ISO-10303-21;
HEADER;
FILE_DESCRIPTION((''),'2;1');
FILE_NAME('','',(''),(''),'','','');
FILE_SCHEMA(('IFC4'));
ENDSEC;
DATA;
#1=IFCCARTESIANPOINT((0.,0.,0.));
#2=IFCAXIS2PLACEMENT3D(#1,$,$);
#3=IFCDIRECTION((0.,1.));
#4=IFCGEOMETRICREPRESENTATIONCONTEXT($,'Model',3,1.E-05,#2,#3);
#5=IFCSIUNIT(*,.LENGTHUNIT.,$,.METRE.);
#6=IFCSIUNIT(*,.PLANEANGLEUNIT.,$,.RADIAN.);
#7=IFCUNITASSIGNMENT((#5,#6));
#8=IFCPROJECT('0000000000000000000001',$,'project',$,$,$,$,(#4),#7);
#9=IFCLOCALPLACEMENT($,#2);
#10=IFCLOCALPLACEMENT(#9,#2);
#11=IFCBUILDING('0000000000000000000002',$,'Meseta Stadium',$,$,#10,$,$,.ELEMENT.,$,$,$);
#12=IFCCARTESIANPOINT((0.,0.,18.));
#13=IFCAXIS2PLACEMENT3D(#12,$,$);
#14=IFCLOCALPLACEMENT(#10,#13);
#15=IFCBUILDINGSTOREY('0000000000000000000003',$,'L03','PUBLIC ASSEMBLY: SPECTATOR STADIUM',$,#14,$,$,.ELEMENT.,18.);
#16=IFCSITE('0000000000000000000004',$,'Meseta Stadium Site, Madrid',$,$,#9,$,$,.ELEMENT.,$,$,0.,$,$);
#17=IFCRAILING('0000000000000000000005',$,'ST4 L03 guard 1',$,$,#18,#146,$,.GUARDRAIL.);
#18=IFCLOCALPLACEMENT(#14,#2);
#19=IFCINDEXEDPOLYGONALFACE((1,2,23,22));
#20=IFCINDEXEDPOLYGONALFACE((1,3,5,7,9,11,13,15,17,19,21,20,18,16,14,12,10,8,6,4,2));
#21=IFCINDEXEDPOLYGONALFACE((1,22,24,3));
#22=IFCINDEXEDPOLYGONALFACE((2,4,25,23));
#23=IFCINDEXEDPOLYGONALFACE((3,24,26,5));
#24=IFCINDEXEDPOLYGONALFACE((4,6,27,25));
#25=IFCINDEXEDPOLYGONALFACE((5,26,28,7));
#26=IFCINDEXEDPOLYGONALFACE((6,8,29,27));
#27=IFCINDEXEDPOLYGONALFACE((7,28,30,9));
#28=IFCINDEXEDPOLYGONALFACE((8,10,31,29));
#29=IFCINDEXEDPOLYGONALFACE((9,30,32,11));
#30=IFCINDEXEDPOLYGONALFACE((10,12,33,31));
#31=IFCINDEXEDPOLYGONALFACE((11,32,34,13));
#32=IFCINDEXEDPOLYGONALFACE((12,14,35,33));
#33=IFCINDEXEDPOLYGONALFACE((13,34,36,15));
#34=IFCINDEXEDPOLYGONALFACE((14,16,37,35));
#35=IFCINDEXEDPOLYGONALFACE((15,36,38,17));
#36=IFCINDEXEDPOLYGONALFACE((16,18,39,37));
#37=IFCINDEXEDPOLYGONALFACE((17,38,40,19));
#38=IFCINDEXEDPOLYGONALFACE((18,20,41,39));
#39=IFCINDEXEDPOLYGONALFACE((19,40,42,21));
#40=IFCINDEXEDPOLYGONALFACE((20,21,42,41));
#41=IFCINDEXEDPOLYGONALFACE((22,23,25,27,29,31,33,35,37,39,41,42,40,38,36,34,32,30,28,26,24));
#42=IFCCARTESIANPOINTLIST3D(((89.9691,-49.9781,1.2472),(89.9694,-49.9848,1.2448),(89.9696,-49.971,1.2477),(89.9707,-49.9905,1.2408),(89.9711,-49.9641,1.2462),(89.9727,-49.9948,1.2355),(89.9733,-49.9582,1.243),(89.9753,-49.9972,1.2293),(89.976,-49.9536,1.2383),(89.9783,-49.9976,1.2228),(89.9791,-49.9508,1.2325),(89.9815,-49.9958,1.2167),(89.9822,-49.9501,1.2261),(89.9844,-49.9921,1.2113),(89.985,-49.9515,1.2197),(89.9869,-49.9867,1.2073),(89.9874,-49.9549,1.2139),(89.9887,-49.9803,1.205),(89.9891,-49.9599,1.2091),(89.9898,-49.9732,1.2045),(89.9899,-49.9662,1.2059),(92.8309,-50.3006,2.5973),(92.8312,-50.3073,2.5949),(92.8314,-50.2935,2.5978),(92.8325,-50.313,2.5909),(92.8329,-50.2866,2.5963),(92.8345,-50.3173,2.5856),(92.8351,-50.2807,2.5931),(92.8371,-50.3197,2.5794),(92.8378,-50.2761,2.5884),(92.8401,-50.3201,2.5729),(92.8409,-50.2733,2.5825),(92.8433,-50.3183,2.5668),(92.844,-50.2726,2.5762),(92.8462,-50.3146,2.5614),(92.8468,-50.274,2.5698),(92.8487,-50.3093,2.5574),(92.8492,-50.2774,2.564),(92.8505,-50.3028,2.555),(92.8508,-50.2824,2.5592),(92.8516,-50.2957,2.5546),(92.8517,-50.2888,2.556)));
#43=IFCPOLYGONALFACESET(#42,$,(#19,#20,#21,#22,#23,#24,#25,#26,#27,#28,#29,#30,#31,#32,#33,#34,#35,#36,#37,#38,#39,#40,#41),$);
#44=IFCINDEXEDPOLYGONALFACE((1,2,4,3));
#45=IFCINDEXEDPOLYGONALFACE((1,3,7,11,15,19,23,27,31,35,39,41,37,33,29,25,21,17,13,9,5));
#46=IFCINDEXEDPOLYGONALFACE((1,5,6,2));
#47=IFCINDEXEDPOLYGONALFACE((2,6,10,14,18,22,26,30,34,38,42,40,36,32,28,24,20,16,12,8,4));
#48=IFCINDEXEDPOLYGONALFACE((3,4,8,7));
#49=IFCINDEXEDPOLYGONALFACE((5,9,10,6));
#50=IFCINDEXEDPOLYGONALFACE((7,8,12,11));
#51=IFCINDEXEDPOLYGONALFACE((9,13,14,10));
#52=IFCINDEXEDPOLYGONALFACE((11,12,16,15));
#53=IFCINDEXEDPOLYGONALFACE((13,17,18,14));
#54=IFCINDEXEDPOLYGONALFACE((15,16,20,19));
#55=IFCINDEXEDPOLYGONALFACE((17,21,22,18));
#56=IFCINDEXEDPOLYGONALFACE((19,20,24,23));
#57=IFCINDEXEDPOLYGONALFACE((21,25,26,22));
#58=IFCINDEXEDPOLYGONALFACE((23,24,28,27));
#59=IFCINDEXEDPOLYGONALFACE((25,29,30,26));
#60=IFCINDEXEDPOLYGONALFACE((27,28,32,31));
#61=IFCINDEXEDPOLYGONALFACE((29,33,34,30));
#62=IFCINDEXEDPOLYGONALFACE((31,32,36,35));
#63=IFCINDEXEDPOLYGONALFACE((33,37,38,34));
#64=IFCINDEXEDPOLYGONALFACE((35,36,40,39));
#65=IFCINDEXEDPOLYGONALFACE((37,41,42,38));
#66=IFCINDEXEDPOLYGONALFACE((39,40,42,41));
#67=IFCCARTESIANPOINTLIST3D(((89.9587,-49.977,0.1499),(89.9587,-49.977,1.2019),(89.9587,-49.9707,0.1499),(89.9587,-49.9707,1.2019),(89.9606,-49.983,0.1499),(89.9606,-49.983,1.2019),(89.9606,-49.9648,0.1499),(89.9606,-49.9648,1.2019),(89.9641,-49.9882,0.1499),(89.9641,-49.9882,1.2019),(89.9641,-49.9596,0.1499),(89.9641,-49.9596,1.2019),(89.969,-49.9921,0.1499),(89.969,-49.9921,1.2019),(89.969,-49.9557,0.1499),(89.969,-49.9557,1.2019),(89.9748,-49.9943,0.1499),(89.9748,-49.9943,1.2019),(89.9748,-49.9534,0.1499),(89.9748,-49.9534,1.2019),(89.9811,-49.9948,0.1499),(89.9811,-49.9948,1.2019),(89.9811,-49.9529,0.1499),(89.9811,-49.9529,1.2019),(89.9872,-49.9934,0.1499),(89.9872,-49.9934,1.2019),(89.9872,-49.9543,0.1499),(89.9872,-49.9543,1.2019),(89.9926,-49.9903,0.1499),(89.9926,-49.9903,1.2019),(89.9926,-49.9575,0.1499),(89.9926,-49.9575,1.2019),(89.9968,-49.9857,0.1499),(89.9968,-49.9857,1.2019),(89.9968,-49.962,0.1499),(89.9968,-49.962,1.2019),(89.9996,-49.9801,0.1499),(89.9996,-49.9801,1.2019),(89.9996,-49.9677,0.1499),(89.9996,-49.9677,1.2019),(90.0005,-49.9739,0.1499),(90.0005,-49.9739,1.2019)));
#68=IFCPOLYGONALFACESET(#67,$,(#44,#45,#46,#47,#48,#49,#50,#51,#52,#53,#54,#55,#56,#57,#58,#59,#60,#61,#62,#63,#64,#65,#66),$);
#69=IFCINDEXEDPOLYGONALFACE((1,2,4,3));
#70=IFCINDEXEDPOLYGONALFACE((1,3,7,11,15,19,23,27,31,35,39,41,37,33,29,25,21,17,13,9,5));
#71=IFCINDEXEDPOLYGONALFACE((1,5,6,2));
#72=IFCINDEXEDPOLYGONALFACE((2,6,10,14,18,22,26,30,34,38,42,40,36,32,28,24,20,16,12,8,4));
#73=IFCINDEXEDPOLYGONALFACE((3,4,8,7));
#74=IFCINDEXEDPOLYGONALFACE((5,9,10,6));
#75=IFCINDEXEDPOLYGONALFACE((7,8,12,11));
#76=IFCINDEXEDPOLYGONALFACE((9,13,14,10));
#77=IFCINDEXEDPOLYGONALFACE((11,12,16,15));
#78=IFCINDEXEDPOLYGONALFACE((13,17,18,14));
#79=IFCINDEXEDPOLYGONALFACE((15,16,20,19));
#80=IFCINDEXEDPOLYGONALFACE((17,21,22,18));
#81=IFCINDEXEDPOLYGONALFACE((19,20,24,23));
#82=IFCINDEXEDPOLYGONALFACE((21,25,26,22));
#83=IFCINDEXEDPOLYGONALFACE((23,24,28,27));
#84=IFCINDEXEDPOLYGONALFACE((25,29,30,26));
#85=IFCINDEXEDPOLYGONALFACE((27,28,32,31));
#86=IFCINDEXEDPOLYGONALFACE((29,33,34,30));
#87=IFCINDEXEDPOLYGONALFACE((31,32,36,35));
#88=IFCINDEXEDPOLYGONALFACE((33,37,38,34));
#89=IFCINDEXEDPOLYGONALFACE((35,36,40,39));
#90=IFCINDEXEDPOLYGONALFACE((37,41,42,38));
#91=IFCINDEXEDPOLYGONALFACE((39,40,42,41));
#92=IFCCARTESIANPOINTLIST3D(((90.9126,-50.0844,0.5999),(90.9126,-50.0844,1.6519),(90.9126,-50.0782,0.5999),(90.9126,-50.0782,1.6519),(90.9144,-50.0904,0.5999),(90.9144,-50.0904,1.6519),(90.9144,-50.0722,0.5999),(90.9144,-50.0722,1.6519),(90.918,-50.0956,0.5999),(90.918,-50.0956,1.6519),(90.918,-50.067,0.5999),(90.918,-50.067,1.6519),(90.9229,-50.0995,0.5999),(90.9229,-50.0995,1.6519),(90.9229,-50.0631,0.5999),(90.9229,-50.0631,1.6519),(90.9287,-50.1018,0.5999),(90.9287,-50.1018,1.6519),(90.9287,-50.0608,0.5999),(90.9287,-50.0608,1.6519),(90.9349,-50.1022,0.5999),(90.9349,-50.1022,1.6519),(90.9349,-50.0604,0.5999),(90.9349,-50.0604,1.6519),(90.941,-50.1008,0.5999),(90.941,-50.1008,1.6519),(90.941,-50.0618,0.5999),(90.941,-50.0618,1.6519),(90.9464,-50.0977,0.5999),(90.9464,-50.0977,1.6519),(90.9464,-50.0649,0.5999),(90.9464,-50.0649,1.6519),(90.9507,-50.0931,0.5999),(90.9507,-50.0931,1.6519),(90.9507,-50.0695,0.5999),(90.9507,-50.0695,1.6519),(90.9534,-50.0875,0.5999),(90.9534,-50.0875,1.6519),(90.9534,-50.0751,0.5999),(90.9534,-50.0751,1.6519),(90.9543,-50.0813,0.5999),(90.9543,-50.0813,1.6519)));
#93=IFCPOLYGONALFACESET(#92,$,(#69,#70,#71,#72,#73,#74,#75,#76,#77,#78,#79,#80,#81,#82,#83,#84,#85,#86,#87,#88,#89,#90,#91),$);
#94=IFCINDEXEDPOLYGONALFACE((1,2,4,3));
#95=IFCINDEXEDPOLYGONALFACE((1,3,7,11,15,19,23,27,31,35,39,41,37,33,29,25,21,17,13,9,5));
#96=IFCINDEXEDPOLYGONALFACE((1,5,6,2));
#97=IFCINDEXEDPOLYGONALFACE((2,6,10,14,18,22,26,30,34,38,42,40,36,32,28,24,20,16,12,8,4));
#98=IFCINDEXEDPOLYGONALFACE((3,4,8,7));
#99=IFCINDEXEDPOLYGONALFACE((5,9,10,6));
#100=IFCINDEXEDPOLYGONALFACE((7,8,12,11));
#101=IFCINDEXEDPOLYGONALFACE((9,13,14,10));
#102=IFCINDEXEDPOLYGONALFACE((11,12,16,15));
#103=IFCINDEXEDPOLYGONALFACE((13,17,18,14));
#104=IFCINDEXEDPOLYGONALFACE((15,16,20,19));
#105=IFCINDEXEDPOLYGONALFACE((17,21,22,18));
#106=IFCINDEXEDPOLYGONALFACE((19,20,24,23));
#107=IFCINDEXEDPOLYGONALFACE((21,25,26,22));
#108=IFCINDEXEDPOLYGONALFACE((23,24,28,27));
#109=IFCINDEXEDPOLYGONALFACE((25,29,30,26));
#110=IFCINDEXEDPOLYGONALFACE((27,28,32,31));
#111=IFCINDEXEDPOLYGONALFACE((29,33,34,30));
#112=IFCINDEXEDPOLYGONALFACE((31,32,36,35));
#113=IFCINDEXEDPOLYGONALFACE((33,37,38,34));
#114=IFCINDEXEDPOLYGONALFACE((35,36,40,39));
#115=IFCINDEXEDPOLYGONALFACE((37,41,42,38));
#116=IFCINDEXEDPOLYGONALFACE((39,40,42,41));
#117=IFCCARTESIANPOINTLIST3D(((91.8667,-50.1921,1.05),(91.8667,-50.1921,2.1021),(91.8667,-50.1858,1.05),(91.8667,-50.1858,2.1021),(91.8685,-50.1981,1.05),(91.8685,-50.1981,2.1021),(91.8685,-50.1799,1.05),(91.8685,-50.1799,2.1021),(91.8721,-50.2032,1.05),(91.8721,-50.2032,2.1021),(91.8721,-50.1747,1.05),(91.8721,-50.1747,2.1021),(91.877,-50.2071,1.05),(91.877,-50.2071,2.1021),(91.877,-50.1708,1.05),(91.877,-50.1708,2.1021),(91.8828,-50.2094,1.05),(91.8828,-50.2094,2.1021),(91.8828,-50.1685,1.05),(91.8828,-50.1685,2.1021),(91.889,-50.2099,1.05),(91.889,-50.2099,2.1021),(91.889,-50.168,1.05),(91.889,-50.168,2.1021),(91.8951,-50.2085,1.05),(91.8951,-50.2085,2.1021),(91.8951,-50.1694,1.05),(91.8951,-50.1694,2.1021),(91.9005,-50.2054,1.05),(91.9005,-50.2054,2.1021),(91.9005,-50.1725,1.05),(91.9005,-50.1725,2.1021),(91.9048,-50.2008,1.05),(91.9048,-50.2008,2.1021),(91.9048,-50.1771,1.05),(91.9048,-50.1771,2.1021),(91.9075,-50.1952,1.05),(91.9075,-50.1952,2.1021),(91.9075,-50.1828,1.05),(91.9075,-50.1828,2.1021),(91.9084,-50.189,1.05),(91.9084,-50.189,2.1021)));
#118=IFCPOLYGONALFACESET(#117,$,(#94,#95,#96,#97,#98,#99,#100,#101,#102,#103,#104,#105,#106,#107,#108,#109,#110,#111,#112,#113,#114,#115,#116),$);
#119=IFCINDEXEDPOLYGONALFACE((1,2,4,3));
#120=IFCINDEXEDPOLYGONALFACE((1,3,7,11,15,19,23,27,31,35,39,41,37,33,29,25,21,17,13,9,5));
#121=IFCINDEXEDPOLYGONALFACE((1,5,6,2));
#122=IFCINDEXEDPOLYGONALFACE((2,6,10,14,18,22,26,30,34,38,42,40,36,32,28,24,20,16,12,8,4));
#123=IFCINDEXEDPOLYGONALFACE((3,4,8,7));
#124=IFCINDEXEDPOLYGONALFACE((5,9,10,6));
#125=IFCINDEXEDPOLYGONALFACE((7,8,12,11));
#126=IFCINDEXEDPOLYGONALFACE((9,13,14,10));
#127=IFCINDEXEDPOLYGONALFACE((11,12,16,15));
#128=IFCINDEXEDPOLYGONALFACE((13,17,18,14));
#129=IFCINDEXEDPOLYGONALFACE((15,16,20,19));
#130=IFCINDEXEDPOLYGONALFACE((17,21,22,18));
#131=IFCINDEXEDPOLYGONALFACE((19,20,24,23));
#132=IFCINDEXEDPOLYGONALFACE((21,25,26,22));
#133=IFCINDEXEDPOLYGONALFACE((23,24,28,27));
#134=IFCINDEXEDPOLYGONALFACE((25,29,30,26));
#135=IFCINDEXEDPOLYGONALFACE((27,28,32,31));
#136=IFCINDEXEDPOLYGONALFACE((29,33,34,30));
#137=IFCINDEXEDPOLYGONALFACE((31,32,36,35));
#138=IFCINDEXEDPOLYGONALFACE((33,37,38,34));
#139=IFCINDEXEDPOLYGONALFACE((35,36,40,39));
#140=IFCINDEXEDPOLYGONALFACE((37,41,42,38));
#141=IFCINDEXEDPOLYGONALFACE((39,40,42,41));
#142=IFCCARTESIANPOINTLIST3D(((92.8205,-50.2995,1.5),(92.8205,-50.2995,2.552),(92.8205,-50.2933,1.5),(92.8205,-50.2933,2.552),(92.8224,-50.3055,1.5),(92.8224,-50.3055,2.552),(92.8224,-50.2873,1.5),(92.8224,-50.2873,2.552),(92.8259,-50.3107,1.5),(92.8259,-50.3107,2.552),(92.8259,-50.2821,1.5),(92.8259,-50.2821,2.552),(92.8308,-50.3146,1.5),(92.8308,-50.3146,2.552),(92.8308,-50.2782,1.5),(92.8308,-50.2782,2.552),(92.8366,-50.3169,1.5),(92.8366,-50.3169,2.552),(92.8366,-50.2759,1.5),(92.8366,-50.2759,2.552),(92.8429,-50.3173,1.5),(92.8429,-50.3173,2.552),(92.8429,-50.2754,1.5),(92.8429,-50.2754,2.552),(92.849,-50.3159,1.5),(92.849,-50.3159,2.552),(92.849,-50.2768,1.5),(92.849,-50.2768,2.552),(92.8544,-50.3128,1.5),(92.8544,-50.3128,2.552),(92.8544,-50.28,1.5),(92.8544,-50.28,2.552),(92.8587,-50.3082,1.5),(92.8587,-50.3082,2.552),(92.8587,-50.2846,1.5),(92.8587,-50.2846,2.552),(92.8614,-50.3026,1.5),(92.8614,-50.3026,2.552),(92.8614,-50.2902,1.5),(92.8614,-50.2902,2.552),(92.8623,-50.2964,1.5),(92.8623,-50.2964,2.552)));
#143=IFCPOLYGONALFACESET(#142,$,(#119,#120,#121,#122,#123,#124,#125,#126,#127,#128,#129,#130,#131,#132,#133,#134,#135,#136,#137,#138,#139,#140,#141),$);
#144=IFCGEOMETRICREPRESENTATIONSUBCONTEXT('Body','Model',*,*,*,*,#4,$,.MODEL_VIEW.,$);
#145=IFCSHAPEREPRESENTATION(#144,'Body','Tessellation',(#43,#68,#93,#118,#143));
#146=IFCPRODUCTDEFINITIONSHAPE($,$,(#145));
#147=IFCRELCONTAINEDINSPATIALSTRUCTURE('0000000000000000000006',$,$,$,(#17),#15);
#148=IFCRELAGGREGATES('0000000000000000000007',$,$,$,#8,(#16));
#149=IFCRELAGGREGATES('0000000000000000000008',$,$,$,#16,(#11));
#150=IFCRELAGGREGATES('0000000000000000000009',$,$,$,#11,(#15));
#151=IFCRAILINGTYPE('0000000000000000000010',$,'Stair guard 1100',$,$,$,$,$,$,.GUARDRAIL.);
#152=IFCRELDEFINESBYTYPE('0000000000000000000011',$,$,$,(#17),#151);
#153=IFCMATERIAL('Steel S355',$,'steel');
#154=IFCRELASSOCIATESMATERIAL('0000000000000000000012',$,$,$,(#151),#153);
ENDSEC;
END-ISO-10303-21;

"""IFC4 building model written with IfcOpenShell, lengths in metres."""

from ifc_helpers import new_model, si_unit, direction, frame, origin, origin_2d, place, context, subcontext, project, spatial, circle, extrude, material, type_object, element, save


model = new_model("IFC4")

# Units and contexts
model_context = context("Model", 3, precision=1e-05, world=origin(), true_north=direction((0.0, 1.0)))
body_context = subcontext(model_context, "Body", "Model", "MODEL_VIEW")
ifc_project = project(units=[si_unit("LENGTHUNIT", "METRE"), si_unit("PLANEANGLEUNIT", "RADIAN")], contexts=[model_context])

# Site, building, storey
site_placement = place(None, origin())
site = spatial("IfcSite", under=ifc_project, at=site_placement, Name="Meseta Stadium Site, Madrid", CompositionType="ELEMENT", RefElevation=0.0)
building_placement = place(site_placement, origin())
building = spatial("IfcBuilding", under=site, at=building_placement, Name="Meseta Stadium", CompositionType="ELEMENT")
storey_placement = place(building_placement, frame((0.0, 0.0, 18.0)))
storey = spatial("IfcBuildingStorey", under=building, at=storey_placement, Name="L03", Description="PUBLIC ASSEMBLY: SPECTATOR STADIUM", CompositionType="ELEMENT", Elevation=18.0)

# Railing
ifc_material_1 = material(Name="Steel S355", Category="steel")
railing_type_1 = type_object("IfcRailingType", Name="Stair guard 1100", PredefinedType="GUARDRAIL", material=ifc_material_1)
railing_1_placement = place(storey_placement, frame((89.9795, -49.9739, 0.1499)))
element("IfcRailing", 1, at=railing_1_placement, inside=storey, type_object=railing_type_1, Name="ST4 L03 guard 1", PredefinedType="GUARDRAIL", context=body_context, shape_type="SweptSolid", body=[
    extrude(circle(Radius=0.0239, at=origin_2d()), frame((0.0, 0.0, 1.0762), z_axis=(0.899748, -0.101396, 0.424467), x_axis=(0.111985, 0.99371, 0.0)), (0.0, 0.0, 1.0), 3.1807),
    extrude(circle(Radius=0.021, at=origin_2d()), origin(), (0.0, 0.0, 1.0), 1.052),
    extrude(circle(Radius=0.021, at=origin_2d()), frame((0.9539, -0.1074, 0.45)), (0.0, 0.0, 1.0), 1.052),
    extrude(circle(Radius=0.021, at=origin_2d()), frame((1.908, -0.2151, 0.9001)), (0.0, 0.0, 1.0), 1.052),
    extrude(circle(Radius=0.021, at=origin_2d()), frame((2.8618, -0.3225, 1.3501)), (0.0, 0.0, 1.0), 1.052),
])

save(model, "model.ifc")
